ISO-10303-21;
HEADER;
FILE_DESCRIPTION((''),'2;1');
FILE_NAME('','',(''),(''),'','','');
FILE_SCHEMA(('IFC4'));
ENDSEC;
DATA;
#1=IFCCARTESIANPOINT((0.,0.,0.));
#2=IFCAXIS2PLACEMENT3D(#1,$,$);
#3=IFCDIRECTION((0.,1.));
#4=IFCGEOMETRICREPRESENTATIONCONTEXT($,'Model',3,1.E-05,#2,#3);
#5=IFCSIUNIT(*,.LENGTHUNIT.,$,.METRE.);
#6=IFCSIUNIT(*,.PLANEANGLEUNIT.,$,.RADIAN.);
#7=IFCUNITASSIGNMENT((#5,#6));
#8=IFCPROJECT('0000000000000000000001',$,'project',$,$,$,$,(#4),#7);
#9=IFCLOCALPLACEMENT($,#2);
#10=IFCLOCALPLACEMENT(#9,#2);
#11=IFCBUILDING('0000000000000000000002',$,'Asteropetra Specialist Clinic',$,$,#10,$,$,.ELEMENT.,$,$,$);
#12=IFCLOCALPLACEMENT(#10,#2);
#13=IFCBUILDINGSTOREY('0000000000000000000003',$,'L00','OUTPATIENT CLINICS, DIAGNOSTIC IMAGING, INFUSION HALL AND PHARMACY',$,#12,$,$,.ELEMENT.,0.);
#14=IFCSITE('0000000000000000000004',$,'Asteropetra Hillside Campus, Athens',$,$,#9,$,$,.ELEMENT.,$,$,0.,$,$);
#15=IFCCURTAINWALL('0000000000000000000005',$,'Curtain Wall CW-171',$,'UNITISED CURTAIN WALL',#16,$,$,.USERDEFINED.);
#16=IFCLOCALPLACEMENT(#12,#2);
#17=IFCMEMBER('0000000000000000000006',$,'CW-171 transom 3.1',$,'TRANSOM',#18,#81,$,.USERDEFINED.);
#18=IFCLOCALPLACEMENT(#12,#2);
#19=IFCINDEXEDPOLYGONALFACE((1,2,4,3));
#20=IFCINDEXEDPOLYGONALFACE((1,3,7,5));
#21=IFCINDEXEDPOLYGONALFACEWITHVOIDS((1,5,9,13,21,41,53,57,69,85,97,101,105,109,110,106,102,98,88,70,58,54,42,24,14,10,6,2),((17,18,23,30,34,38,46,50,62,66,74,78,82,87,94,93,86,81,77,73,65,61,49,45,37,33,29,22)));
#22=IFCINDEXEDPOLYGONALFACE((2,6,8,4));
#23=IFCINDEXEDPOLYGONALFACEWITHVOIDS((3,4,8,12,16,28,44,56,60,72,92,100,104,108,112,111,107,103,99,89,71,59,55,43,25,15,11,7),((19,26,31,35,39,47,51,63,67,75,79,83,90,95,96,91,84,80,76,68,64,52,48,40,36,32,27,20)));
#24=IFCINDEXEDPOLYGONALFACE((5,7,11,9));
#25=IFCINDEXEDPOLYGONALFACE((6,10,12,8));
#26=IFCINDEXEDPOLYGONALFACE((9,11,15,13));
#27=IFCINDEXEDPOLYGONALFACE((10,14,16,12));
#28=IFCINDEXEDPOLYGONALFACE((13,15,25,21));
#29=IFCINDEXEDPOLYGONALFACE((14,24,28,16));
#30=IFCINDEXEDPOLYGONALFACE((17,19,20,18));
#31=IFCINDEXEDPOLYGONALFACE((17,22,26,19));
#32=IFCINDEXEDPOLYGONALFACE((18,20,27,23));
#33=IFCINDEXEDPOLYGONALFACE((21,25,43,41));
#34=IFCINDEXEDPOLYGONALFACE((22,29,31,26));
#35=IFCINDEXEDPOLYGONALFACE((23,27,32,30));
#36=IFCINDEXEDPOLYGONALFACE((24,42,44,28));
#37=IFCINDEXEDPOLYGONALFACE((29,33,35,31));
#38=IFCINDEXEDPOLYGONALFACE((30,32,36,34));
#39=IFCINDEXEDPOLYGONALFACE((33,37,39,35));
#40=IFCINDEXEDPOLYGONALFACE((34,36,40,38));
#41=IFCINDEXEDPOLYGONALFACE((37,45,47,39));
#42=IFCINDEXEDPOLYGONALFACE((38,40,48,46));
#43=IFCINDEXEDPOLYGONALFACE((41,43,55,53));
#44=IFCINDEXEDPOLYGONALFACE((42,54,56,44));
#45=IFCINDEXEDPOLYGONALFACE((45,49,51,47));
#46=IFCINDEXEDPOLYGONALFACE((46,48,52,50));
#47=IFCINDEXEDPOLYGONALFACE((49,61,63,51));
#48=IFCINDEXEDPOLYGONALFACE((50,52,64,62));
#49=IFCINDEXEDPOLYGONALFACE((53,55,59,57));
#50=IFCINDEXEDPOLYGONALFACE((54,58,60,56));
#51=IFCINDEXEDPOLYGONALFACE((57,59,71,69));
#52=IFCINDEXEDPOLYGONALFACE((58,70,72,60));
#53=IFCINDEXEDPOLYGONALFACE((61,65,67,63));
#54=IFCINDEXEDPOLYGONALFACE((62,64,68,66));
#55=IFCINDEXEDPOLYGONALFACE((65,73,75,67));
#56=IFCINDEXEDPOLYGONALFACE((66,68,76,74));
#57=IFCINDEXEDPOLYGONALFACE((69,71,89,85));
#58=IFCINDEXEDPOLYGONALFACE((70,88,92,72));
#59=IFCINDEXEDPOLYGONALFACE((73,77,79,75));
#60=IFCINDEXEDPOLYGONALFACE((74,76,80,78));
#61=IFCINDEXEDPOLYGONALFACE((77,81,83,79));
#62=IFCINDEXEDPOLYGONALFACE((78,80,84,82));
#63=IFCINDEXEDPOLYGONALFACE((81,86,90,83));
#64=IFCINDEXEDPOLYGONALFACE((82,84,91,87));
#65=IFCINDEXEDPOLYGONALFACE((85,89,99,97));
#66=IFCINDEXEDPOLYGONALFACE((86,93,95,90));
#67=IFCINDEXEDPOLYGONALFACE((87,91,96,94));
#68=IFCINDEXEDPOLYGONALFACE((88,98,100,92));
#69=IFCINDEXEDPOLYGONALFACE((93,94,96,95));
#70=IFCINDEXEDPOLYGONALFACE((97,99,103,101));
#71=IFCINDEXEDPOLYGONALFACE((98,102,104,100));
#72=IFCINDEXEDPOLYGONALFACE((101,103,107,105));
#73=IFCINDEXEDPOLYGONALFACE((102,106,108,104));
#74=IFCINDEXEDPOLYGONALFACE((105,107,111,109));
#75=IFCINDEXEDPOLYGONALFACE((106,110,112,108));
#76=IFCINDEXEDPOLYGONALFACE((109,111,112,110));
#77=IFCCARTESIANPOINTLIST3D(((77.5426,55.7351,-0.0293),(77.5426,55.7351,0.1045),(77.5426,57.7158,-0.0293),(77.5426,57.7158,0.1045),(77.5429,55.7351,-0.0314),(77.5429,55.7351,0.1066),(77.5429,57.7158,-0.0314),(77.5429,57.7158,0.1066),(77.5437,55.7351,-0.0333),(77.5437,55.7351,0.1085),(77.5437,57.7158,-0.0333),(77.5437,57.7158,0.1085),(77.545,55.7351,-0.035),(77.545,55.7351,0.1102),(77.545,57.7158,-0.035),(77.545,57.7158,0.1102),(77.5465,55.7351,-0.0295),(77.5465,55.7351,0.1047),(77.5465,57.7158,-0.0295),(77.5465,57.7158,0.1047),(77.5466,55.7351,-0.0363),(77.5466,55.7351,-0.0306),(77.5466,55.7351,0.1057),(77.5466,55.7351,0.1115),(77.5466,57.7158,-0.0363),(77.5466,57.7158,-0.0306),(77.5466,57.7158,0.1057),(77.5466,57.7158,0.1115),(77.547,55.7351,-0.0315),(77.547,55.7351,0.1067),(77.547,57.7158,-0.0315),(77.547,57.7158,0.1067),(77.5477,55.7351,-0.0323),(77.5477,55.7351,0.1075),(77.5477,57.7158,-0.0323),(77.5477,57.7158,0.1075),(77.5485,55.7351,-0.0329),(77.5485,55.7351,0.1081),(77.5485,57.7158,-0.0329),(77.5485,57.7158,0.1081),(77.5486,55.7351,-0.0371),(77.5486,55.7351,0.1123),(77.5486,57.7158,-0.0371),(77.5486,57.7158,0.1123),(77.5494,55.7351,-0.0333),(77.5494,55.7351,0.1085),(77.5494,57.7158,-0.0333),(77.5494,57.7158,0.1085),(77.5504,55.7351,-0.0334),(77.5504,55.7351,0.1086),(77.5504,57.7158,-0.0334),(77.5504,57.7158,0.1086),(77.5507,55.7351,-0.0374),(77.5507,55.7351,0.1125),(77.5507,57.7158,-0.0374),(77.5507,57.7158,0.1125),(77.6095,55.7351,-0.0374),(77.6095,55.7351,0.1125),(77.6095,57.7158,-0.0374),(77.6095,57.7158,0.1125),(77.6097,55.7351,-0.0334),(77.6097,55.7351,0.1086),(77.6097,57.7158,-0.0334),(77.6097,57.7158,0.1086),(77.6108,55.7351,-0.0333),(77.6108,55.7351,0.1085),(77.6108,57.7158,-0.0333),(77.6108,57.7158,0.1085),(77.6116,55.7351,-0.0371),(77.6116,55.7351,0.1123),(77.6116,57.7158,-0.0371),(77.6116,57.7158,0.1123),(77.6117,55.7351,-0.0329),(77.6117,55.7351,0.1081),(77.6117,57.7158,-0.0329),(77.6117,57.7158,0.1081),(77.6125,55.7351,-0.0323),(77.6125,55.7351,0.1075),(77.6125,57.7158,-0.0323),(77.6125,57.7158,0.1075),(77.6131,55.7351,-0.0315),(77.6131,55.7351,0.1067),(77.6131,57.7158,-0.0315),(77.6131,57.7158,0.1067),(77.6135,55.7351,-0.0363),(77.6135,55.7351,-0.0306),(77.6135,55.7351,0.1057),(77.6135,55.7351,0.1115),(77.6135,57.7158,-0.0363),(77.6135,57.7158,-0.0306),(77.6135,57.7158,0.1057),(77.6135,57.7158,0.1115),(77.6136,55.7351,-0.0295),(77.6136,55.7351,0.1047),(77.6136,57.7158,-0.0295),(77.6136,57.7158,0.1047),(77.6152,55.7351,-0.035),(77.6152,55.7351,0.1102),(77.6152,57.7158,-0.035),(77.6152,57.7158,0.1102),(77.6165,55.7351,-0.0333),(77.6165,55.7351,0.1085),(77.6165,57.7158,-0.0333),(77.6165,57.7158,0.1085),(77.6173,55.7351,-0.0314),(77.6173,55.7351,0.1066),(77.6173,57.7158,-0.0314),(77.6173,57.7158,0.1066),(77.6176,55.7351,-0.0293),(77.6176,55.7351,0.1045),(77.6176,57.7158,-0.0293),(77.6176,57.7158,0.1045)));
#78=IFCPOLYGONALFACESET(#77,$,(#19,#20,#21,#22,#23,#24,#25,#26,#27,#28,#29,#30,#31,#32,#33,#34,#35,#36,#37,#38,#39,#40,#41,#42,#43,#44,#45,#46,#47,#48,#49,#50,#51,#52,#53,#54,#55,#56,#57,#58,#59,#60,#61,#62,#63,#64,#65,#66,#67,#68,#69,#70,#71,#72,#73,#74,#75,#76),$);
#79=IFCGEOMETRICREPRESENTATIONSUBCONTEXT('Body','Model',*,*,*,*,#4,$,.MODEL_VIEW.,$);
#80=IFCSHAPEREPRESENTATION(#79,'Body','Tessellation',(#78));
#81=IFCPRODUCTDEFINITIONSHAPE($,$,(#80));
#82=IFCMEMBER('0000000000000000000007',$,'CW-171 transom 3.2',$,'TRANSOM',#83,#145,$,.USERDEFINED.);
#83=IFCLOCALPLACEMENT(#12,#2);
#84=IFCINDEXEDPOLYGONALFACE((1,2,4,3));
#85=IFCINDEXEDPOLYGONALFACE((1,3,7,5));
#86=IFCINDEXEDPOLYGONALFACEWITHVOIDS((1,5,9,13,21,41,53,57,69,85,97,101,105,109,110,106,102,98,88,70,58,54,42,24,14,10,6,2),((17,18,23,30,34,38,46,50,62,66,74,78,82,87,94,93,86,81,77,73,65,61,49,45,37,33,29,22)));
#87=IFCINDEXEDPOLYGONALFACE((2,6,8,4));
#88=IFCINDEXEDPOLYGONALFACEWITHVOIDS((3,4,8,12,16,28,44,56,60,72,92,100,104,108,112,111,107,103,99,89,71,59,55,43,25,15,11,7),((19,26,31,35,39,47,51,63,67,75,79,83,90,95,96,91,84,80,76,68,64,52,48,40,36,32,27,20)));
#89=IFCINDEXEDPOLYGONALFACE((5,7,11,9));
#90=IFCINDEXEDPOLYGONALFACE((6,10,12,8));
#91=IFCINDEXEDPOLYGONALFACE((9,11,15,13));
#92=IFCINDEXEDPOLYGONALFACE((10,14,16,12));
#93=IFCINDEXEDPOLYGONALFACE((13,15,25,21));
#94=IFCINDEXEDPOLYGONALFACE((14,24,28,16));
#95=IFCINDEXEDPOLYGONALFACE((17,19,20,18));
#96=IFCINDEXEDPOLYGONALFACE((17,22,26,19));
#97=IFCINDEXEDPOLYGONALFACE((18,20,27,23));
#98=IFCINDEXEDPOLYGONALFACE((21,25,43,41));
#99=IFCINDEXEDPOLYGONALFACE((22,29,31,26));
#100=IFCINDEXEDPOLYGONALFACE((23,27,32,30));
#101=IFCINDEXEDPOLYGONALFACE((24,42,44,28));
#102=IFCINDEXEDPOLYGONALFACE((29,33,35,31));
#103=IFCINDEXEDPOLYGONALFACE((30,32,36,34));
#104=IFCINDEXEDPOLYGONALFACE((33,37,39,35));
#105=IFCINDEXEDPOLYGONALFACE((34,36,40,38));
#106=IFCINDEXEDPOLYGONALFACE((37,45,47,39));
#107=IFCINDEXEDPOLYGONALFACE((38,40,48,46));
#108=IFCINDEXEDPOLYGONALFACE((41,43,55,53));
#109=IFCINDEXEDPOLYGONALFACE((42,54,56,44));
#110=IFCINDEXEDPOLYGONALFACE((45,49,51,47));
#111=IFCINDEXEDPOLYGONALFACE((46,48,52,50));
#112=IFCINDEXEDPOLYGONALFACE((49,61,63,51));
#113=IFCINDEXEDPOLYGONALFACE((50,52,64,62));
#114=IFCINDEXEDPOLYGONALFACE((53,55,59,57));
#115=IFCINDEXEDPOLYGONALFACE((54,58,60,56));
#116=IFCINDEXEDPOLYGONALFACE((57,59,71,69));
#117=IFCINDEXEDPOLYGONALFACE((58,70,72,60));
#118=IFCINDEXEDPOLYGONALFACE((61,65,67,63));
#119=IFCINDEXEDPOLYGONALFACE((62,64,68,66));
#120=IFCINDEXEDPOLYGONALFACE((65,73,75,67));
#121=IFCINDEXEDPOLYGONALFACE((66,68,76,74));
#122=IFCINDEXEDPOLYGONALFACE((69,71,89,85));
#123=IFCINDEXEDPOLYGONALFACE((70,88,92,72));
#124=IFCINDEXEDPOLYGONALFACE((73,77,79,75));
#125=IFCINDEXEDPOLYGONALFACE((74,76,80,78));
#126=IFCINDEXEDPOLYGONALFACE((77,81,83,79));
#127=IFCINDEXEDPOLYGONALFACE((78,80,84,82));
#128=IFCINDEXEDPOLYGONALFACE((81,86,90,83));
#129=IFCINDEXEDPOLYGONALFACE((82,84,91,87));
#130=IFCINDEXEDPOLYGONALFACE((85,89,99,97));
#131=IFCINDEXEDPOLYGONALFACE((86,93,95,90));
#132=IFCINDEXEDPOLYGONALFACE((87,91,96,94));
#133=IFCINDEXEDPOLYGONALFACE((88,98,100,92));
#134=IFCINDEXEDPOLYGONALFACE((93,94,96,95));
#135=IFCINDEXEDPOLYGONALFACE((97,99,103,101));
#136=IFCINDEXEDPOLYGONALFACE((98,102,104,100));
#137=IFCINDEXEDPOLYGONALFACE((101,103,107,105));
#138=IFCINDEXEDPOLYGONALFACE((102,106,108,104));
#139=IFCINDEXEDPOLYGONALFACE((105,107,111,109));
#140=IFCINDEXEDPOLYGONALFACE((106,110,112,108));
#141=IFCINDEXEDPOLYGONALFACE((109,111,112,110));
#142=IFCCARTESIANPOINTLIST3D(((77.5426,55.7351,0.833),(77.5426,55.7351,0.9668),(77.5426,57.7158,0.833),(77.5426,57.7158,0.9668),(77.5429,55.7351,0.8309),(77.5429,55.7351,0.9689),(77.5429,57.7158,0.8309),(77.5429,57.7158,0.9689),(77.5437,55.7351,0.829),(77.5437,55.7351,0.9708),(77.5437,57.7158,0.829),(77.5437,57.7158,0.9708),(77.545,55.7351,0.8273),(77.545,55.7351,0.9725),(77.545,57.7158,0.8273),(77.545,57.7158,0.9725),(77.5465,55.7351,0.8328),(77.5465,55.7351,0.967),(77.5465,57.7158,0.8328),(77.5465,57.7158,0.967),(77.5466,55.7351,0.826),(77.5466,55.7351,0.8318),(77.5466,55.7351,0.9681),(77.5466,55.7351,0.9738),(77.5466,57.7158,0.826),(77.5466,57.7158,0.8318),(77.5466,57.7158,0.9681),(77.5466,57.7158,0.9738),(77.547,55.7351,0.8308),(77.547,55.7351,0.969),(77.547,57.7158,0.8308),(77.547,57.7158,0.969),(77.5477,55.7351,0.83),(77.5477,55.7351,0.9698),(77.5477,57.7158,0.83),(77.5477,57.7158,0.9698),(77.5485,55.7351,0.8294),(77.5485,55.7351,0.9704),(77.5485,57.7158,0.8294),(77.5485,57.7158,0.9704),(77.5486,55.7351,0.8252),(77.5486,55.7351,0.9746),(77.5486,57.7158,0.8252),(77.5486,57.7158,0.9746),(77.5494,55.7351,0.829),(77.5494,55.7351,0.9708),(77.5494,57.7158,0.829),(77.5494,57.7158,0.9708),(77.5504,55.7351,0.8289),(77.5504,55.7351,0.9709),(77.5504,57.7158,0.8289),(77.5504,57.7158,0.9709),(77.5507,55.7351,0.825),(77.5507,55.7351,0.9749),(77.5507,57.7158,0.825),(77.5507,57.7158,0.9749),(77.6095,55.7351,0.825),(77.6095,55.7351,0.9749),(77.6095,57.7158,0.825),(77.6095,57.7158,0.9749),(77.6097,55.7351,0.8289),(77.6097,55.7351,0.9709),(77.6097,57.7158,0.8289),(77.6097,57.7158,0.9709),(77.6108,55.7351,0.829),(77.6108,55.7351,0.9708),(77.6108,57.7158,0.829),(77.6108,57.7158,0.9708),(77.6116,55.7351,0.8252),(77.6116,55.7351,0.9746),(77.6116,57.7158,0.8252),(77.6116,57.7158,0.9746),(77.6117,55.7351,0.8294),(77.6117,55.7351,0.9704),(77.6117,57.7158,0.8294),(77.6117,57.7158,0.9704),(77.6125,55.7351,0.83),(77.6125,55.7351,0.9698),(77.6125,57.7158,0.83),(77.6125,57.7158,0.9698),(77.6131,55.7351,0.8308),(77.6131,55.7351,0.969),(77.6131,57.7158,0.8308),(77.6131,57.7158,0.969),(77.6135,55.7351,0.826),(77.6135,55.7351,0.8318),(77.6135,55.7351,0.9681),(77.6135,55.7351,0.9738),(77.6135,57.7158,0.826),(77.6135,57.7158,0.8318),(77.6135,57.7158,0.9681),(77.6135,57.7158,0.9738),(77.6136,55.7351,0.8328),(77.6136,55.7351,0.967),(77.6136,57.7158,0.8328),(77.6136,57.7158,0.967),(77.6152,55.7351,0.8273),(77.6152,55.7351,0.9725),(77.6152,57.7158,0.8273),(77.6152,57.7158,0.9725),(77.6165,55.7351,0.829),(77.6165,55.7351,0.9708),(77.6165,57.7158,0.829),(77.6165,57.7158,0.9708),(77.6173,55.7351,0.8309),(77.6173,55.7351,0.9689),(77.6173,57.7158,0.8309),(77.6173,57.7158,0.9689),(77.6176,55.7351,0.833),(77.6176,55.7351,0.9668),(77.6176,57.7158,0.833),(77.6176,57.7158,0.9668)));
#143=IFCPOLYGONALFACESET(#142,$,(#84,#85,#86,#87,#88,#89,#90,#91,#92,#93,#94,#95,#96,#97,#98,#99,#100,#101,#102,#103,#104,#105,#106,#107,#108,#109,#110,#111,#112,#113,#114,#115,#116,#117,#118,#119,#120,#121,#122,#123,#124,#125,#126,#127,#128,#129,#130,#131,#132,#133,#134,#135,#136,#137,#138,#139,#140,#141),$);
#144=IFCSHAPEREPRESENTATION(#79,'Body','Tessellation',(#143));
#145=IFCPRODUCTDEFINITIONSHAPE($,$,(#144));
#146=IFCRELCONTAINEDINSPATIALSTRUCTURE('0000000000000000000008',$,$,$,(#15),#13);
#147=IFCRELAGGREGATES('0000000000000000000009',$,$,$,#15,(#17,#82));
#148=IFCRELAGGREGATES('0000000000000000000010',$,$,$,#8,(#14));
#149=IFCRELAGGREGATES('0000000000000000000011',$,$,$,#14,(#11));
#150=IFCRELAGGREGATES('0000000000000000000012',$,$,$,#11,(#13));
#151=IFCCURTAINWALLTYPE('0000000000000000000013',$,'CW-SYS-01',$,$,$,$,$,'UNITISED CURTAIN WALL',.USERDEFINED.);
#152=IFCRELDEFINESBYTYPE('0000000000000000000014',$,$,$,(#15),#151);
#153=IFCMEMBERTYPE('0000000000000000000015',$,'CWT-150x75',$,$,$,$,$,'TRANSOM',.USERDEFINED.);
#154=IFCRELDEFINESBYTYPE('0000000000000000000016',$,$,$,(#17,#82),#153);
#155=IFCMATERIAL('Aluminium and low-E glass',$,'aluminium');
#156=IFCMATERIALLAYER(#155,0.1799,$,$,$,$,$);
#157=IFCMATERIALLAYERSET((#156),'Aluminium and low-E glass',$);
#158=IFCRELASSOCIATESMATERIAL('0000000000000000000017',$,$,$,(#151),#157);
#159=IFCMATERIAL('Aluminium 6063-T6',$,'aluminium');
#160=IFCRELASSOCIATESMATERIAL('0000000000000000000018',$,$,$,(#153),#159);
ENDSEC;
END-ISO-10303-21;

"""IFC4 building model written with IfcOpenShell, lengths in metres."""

from ifc_helpers import new_model, si_unit, direction, frame, origin, origin_2d, place, context, subcontext, project, spatial, hollow_rectangle, extrude, material, layer, layer_set, material_profile, profile_set, type_object, element, aggregate, save


model = new_model("IFC4")

# Units and contexts
model_context = context("Model", 3, precision=1e-05, world=origin(), true_north=direction((0.0, 1.0)))
body_context = subcontext(model_context, "Body", "Model", "MODEL_VIEW")
ifc_project = project(units=[si_unit("LENGTHUNIT", "METRE"), si_unit("PLANEANGLEUNIT", "RADIAN")], contexts=[model_context])

# Site, building, storey
site_placement = place(None, origin())
site = spatial("IfcSite", under=ifc_project, at=site_placement, Name="Asteropetra Hillside Campus, Athens", CompositionType="ELEMENT", RefElevation=0.0)
building_placement = place(site_placement, origin())
building = spatial("IfcBuilding", under=site, at=building_placement, Name="Asteropetra Specialist Clinic", CompositionType="ELEMENT")
storey_placement = place(building_placement, origin())
storey = spatial("IfcBuildingStorey", under=building, at=storey_placement, Name="L00", Description="OUTPATIENT CLINICS, DIAGNOSTIC IMAGING, INFUSION HALL AND PHARMACY", CompositionType="ELEMENT", Elevation=0.0)

# Curtain wall, members
ifc_material_1 = material(Name="Aluminium and low-E glass", Category="aluminium")
ifc_layer_1 = layer(ifc_material_1, 0.1799)
ifc_layer_set_1 = layer_set([ifc_layer_1], Name="Aluminium and low-E glass")
curtain_wall_type_1 = type_object("IfcCurtainWallType", Name="CW-SYS-01", ElementType="UNITISED CURTAIN WALL", PredefinedType="USERDEFINED", material=ifc_layer_set_1)
curtain_wall_1_placement = place(storey_placement, origin())
curtain_wall_1 = element("IfcCurtainWall", 1, at=curtain_wall_1_placement, inside=storey, type_object=curtain_wall_type_1, Name="Curtain Wall CW-171", ObjectType="UNITISED CURTAIN WALL", PredefinedType="USERDEFINED")
ifc_material_2 = material(Name="Aluminium 6063-T6", Category="aluminium")
ifc_material_profile_1 = material_profile(ifc_material_2, hollow_rectangle(XDim=0.075, YDim=0.1499, WallThickness=0.0039, InnerFilletRadius=0.0039, OuterFilletRadius=0.0081, at=origin_2d()), Name="TRN 150x75x4.0")
ifc_profile_set_1 = profile_set([ifc_material_profile_1], Name="Aluminium 6063-T6")
member_type_1 = type_object("IfcMemberType", Name="CWT-150x75", ElementType="TRANSOM", PredefinedType="USERDEFINED", material=ifc_profile_set_1)
member_1_placement = place(storey_placement, frame((77.5801, 57.7158, 0.0376), z_axis=(0.0, -1.0, 0.0), x_axis=(1.0, 0.0, 0.0)))
member_1 = element("IfcMember", 2, at=member_1_placement, type_object=member_type_1, Name="CW-171 transom 3.1", ObjectType="TRANSOM", PredefinedType="USERDEFINED", context=body_context, shape_type="SweptSolid", body=[
    extrude(hollow_rectangle(XDim=0.075, YDim=0.1499, WallThickness=0.0039, InnerFilletRadius=0.0039, OuterFilletRadius=0.0081, at=origin_2d()), origin(), (0.0, 0.0, 1.0), 1.9807),
])
member_2_placement = place(storey_placement, frame((77.5801, 57.7158, 0.8999), z_axis=(0.0, -1.0, 0.0), x_axis=(1.0, 0.0, 0.0)))
member_2 = element("IfcMember", 3, at=member_2_placement, type_object=member_type_1, Name="CW-171 transom 3.2", ObjectType="TRANSOM", PredefinedType="USERDEFINED", context=body_context, shape_type="SweptSolid", body=[
    extrude(hollow_rectangle(XDim=0.075, YDim=0.1499, WallThickness=0.0039, InnerFilletRadius=0.0039, OuterFilletRadius=0.0081, at=origin_2d()), origin(), (0.0, 0.0, 1.0), 1.9807),
])

aggregate(curtain_wall_1, [member_1, member_2])

save(model, "model.ifc")
